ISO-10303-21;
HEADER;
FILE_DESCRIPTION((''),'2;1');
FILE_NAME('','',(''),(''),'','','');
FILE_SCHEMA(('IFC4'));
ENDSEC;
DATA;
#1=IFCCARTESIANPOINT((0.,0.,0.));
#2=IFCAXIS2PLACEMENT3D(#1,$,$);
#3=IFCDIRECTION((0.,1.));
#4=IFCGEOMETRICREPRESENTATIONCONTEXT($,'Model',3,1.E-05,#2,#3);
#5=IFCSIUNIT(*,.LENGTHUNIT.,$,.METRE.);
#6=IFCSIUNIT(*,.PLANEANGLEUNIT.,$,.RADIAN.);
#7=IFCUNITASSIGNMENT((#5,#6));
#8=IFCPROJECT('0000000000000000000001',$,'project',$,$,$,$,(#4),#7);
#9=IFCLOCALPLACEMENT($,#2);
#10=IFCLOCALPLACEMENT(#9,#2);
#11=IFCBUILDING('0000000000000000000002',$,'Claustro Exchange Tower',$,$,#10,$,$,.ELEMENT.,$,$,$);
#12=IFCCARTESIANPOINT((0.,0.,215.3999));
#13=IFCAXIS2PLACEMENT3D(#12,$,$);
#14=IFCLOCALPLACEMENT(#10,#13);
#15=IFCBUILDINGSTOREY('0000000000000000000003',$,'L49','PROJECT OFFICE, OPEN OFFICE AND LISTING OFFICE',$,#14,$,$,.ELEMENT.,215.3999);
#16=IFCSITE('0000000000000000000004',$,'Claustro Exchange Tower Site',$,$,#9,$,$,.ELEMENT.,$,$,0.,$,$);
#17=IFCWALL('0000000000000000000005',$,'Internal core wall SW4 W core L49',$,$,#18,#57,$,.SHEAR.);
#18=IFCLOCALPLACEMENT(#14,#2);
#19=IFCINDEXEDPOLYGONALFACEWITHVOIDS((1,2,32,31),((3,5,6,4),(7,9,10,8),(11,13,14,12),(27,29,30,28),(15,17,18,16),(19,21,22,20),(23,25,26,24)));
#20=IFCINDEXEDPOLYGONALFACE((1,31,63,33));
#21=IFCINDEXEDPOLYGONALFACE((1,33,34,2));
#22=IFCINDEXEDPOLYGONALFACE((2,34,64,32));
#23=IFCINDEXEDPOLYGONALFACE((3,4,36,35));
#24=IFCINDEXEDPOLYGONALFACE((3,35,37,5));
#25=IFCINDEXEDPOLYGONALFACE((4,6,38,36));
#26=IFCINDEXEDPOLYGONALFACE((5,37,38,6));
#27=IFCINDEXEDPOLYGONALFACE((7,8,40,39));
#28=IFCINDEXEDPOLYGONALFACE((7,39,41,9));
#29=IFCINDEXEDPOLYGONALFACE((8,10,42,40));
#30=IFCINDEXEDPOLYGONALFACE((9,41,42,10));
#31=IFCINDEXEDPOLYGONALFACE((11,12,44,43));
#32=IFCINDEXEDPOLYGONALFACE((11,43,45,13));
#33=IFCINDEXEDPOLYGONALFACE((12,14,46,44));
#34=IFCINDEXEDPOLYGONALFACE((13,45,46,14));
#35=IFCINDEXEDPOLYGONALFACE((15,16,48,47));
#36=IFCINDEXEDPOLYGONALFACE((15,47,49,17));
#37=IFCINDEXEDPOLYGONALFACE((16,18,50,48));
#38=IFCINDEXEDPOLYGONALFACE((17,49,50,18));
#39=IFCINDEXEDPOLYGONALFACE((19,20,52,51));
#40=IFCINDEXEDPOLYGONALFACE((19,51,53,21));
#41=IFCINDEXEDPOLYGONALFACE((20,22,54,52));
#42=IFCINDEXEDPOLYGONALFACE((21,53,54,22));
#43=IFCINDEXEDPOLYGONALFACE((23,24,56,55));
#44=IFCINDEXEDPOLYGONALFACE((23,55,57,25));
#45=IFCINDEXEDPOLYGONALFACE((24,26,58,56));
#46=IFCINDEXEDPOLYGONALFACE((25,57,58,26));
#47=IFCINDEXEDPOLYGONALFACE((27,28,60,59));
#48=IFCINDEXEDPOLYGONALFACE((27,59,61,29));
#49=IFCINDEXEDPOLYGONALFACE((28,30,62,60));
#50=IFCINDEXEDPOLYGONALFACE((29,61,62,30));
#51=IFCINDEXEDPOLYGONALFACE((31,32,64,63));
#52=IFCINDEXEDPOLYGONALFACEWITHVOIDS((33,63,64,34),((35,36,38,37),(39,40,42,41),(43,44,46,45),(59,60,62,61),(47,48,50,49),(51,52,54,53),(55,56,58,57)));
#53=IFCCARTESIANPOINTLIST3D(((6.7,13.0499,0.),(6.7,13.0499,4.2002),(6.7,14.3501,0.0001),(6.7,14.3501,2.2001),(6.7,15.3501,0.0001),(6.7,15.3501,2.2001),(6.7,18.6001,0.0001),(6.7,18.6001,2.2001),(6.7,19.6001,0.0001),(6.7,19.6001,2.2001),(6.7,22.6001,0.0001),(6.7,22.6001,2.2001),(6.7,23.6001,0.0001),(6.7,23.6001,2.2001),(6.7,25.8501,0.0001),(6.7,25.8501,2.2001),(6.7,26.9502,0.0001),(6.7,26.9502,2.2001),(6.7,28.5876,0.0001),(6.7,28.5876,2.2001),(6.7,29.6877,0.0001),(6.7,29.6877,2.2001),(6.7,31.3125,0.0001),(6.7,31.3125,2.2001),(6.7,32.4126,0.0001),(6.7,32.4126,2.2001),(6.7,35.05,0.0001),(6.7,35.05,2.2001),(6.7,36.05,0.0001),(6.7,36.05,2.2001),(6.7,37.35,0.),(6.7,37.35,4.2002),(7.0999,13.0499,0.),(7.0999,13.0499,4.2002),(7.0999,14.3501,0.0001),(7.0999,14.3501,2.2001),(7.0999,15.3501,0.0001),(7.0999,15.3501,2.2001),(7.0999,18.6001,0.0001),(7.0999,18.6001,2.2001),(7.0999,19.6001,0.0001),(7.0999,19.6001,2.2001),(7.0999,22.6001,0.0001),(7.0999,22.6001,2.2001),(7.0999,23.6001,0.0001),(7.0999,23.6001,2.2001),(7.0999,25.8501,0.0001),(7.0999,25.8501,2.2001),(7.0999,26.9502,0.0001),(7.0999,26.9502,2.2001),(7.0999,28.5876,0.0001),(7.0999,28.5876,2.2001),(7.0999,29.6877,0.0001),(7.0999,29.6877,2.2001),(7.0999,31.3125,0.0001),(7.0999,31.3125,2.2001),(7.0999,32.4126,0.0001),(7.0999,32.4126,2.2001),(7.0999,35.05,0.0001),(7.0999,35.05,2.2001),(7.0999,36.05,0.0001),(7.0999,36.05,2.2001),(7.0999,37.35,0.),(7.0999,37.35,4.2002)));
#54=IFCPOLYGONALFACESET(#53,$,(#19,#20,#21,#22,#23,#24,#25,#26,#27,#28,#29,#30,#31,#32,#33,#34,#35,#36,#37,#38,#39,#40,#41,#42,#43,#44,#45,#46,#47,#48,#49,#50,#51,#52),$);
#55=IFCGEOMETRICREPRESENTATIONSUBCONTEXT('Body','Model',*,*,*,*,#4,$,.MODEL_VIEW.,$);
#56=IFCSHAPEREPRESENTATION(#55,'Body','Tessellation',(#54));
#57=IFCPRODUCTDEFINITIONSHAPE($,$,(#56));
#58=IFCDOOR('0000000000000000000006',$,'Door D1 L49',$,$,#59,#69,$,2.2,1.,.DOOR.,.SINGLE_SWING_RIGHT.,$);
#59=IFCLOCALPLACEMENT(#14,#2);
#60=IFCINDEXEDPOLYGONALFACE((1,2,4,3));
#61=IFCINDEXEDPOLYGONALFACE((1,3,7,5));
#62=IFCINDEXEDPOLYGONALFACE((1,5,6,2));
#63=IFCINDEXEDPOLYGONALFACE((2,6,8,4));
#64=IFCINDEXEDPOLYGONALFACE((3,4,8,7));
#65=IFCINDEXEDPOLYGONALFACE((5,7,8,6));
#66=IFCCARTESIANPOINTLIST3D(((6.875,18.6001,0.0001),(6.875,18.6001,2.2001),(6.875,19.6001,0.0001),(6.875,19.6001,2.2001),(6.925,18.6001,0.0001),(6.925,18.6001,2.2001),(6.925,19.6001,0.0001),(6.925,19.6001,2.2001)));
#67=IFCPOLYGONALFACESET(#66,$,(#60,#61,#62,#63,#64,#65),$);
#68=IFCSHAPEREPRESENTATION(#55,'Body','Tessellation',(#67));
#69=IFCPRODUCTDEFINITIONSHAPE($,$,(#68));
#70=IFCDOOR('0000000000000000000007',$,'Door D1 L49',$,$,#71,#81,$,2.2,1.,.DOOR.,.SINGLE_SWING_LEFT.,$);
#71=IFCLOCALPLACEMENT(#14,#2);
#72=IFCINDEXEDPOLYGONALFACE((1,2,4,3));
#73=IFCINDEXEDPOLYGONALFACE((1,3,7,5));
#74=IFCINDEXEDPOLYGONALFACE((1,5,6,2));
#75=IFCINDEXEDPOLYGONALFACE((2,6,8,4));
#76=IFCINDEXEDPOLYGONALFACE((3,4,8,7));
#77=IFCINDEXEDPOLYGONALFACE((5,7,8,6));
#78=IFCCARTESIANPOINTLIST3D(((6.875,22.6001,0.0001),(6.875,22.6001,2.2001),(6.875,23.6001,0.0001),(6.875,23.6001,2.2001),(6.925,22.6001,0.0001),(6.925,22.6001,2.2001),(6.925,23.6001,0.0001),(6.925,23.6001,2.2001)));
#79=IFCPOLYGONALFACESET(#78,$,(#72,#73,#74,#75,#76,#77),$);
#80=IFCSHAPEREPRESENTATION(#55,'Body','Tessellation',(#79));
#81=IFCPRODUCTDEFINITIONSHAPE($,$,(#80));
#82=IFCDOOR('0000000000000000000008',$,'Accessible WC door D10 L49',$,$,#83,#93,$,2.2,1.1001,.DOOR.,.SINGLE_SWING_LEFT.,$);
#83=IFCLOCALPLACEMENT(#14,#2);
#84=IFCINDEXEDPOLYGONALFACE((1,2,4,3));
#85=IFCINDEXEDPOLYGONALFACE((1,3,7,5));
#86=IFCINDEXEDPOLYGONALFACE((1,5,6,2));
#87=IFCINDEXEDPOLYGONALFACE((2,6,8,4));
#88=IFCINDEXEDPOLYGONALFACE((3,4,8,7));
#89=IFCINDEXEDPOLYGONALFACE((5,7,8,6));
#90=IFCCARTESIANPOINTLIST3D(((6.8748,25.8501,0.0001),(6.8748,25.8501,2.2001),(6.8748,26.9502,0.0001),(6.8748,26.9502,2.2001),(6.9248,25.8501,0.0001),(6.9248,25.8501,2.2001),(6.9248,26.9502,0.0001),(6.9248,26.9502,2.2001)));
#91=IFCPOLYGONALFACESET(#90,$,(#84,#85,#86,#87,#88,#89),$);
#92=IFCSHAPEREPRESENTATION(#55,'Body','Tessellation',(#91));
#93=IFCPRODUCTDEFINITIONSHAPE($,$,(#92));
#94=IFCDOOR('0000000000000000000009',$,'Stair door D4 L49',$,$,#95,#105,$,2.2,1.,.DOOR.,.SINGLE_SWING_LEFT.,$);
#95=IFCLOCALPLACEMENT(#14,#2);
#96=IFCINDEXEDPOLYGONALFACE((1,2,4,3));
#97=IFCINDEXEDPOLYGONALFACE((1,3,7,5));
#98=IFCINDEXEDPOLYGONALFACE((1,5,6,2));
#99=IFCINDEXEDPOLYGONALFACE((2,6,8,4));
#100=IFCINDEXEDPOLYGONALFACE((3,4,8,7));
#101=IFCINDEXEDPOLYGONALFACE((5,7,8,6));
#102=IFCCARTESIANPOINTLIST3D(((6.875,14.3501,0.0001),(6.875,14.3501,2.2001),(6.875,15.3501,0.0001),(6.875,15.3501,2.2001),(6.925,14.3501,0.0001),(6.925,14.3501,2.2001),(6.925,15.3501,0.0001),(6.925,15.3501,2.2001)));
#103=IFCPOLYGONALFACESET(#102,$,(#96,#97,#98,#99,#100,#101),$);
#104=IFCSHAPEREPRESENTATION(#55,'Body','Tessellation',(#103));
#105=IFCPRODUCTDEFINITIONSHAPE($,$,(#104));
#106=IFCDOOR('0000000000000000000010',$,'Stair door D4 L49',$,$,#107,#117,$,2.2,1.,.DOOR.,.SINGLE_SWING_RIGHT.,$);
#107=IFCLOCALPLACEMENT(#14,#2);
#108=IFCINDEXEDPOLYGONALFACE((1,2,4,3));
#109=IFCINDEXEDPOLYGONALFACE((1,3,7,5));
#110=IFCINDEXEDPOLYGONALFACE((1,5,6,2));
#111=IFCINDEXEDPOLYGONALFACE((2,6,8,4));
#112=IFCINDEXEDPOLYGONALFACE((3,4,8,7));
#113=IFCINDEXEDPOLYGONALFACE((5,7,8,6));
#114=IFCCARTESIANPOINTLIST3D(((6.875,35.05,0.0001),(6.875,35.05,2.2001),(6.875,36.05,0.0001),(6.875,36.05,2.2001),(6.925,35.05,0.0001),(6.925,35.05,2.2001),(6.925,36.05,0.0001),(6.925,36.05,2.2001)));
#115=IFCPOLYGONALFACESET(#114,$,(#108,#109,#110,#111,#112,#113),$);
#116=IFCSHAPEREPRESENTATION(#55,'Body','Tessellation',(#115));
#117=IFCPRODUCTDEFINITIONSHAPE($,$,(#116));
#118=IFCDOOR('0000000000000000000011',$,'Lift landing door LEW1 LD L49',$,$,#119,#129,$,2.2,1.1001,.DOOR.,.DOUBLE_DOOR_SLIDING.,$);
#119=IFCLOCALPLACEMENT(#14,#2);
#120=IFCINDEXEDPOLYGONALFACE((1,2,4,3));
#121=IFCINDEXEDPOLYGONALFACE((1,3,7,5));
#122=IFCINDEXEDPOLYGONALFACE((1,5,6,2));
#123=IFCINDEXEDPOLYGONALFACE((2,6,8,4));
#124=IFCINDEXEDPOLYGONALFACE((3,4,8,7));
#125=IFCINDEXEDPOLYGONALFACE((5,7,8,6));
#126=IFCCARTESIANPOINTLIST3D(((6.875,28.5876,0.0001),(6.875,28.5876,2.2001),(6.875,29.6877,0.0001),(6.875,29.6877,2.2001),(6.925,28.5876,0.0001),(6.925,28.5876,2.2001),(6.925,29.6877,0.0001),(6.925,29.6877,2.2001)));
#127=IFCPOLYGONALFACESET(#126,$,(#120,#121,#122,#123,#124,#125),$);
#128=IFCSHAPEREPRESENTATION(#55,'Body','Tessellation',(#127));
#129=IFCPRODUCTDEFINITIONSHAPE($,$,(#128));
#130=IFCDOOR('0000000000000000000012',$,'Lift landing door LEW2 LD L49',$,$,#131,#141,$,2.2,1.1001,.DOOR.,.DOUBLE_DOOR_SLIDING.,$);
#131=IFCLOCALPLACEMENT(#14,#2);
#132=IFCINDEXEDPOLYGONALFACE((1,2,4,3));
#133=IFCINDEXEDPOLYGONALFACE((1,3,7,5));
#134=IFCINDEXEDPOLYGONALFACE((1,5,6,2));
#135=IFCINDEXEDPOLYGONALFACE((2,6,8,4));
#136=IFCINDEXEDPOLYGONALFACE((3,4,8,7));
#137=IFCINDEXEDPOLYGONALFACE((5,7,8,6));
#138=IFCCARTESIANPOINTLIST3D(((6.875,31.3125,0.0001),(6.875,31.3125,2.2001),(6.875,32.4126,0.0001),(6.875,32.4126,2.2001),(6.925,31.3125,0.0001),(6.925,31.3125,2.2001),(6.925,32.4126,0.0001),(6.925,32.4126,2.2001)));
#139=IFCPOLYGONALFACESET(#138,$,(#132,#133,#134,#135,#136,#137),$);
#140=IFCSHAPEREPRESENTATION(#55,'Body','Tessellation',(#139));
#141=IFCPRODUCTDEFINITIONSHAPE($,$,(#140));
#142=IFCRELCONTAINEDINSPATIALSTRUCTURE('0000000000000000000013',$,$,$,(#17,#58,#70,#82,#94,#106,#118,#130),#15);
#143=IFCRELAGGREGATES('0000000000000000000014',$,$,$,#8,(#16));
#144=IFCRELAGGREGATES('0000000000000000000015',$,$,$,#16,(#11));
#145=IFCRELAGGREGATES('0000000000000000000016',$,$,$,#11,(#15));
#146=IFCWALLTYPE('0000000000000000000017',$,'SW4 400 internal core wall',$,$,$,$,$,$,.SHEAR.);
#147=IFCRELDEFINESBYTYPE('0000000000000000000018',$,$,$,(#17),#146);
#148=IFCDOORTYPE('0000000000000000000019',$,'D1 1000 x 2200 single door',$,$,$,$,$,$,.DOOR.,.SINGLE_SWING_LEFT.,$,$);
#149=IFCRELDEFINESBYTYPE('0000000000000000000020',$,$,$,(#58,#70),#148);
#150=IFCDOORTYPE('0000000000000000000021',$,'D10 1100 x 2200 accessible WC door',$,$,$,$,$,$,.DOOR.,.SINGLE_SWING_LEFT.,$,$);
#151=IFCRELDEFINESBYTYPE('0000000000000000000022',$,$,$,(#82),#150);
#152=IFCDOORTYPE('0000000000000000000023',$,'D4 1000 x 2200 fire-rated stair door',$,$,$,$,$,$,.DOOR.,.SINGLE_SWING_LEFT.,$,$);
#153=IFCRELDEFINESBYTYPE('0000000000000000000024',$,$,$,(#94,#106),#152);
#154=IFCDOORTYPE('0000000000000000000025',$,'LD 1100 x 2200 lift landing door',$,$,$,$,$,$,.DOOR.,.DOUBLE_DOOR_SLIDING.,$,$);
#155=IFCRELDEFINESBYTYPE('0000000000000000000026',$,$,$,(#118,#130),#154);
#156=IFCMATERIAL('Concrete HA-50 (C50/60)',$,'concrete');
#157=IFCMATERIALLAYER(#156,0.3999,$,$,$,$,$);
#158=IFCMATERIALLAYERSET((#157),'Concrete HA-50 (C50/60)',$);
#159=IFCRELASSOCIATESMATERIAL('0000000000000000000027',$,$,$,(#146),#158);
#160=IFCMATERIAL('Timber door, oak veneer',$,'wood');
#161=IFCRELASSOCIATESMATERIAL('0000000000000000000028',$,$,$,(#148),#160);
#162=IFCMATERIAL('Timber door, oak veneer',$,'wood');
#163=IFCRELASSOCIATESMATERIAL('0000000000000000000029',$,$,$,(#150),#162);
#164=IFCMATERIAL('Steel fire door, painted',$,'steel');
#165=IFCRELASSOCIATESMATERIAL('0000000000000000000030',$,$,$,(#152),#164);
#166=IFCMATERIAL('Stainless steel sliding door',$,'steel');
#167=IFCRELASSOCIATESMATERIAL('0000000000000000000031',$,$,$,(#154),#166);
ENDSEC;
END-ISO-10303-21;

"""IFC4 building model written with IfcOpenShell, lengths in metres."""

from ifc_helpers import new_model, si_unit, direction, frame, frame_2d, origin, place, context, subcontext, project, spatial, rectangle, extrude, material, layer, layer_set, type_object, element, fill, save


model = new_model("IFC4")

# Units and contexts
model_context = context("Model", 3, precision=1e-05, world=origin(), true_north=direction((0.0, 1.0)))
body_context = subcontext(model_context, "Body", "Model", "MODEL_VIEW")
ifc_project = project(units=[si_unit("LENGTHUNIT", "METRE"), si_unit("PLANEANGLEUNIT", "RADIAN")], contexts=[model_context])

# Site, building, storey
site_placement = place(None, origin())
site = spatial("IfcSite", under=ifc_project, at=site_placement, Name="Claustro Exchange Tower Site", CompositionType="ELEMENT", RefElevation=0.0)
building_placement = place(site_placement, origin())
building = spatial("IfcBuilding", under=site, at=building_placement, Name="Claustro Exchange Tower", CompositionType="ELEMENT")
storey_placement = place(building_placement, frame((0.0, 0.0, 215.3999)))
storey = spatial("IfcBuildingStorey", under=building, at=storey_placement, Name="L49", Description="PROJECT OFFICE, OPEN OFFICE AND LISTING OFFICE", CompositionType="ELEMENT", Elevation=215.3999)

# Wall, openings, doors
ifc_material_1 = material(Name="Concrete HA-50 (C50/60)", Category="concrete")
ifc_layer_1 = layer(ifc_material_1, 0.3999)
ifc_layer_set_1 = layer_set([ifc_layer_1], Name="Concrete HA-50 (C50/60)")
wall_type_1 = type_object("IfcWallType", Name="SW4 400 internal core wall", PredefinedType="SHEAR", material=ifc_layer_set_1)
wall_1_placement = place(storey_placement, frame((6.8999, 13.05, 0.0), z_axis=(0.0, 0.0, 1.0), x_axis=(0.0, 1.0, 0.0)))
wall_1 = element("IfcWall", 1, at=wall_1_placement, inside=storey, type_object=wall_type_1, Name="Internal core wall SW4 W core L49", PredefinedType="SHEAR", context=body_context, shape_type="SweptSolid", body=[
    extrude(rectangle(XDim=24.3, YDim=0.3999, at=frame_2d((12.1499, 0.0))), origin(), (0.0, 0.0, 1.0), 4.2002),
])
opening_1_placement = place(wall_1_placement, frame((1.3, 0.0, 0.0)))
opening_1 = element("IfcOpeningElement", 2, at=opening_1_placement, cuts=wall_1, PredefinedType="OPENING", context=body_context, shape_type="SweptSolid", body=[
    extrude(rectangle(XDim=1.0, YDim=2.2, at=frame_2d((0.5, 1.1001))), frame((0.0, 0.21, 0.0), z_axis=(0.0, -1.0, 0.0), x_axis=(1.0, 0.0, 0.0)), (0.0, 0.0, 1.0), 0.4199),
])
opening_2_placement = place(wall_1_placement, frame((22.0, 0.0, 0.0)))
opening_2 = element("IfcOpeningElement", 3, at=opening_2_placement, cuts=wall_1, PredefinedType="OPENING", context=body_context, shape_type="SweptSolid", body=[
    extrude(rectangle(XDim=1.0, YDim=2.2, at=frame_2d((0.5, 1.1001))), frame((0.0, 0.21, 0.0), z_axis=(0.0, -1.0, 0.0), x_axis=(1.0, 0.0, 0.0)), (0.0, 0.0, 1.0), 0.4199),
])
opening_3_placement = place(wall_1_placement, frame((5.55, 0.0, 0.0)))
opening_3 = element("IfcOpeningElement", 4, at=opening_3_placement, cuts=wall_1, PredefinedType="OPENING", context=body_context, shape_type="SweptSolid", body=[
    extrude(rectangle(XDim=1.0, YDim=2.2, at=frame_2d((0.5, 1.1001))), frame((0.0, 0.21, 0.0), z_axis=(0.0, -1.0, 0.0), x_axis=(1.0, 0.0, 0.0)), (0.0, 0.0, 1.0), 0.4199),
])
opening_4_placement = place(wall_1_placement, frame((9.55, 0.0, 0.0)))
opening_4 = element("IfcOpeningElement", 5, at=opening_4_placement, cuts=wall_1, PredefinedType="OPENING", context=body_context, shape_type="SweptSolid", body=[
    extrude(rectangle(XDim=1.0, YDim=2.2, at=frame_2d((0.5, 1.1001))), frame((0.0, 0.21, 0.0), z_axis=(0.0, -1.0, 0.0), x_axis=(1.0, 0.0, 0.0)), (0.0, 0.0, 1.0), 0.4199),
])
opening_5_placement = place(wall_1_placement, frame((12.8, 0.0, 0.0)))
opening_5 = element("IfcOpeningElement", 6, at=opening_5_placement, cuts=wall_1, PredefinedType="OPENING", context=body_context, shape_type="SweptSolid", body=[
    extrude(rectangle(XDim=1.1001, YDim=2.2, at=frame_2d((0.55, 1.1001))), frame((0.0, 0.21, 0.0), z_axis=(0.0, -1.0, 0.0), x_axis=(1.0, 0.0, 0.0)), (0.0, 0.0, 1.0), 0.4199),
])
opening_6_placement = place(wall_1_placement, frame((15.5376, 0.0, 0.0)))
opening_6 = element("IfcOpeningElement", 7, at=opening_6_placement, cuts=wall_1, PredefinedType="OPENING", context=body_context, shape_type="SweptSolid", body=[
    extrude(rectangle(XDim=1.1001, YDim=2.2, at=frame_2d((0.55, 1.1001))), frame((0.0, 0.21, 0.0), z_axis=(0.0, -1.0, 0.0), x_axis=(1.0, 0.0, 0.0)), (0.0, 0.0, 1.0), 0.4199),
])
opening_7_placement = place(wall_1_placement, frame((18.2625, 0.0, 0.0)))
opening_7 = element("IfcOpeningElement", 8, at=opening_7_placement, cuts=wall_1, PredefinedType="OPENING", context=body_context, shape_type="SweptSolid", body=[
    extrude(rectangle(XDim=1.1001, YDim=2.2, at=frame_2d((0.55, 1.1001))), frame((0.0, 0.21, 0.0), z_axis=(0.0, -1.0, 0.0), x_axis=(1.0, 0.0, 0.0)), (0.0, 0.0, 1.0), 0.4199),
])
ifc_material_2 = material(Name="Timber door, oak veneer", Category="wood")
door_type_1 = type_object("IfcDoorType", Name="D1 1000 x 2200 single door", OperationType="SINGLE_SWING_LEFT", PredefinedType="DOOR", material=ifc_material_2)
door_1_placement = place(opening_3_placement, origin())
door_1 = element("IfcDoor", 9, at=door_1_placement, inside=storey, type_object=door_type_1, Name="Door D1 L49", OperationType="SINGLE_SWING_RIGHT", OverallHeight=2.2, OverallWidth=1.0, PredefinedType="DOOR", context=body_context, shape_type="SweptSolid", body=[
    extrude(rectangle(XDim=1.0, YDim=2.2, at=frame_2d((0.5, 1.1001))), frame((0.0, 0.0249, 0.0), z_axis=(0.0, -1.0, 0.0), x_axis=(1.0, 0.0, 0.0)), (0.0, 0.0, 1.0), 0.05),
])
fill(opening_3, door_1)
door_2_placement = place(opening_4_placement, origin())
door_2 = element("IfcDoor", 10, at=door_2_placement, inside=storey, type_object=door_type_1, Name="Door D1 L49", OperationType="SINGLE_SWING_LEFT", OverallHeight=2.2, OverallWidth=1.0, PredefinedType="DOOR", context=body_context, shape_type="SweptSolid", body=[
    extrude(rectangle(XDim=1.0, YDim=2.2, at=frame_2d((0.5, 1.1001))), frame((0.0, 0.0249, 0.0), z_axis=(0.0, -1.0, 0.0), x_axis=(1.0, 0.0, 0.0)), (0.0, 0.0, 1.0), 0.05),
])
fill(opening_4, door_2)
ifc_material_3 = material(Name="Timber door, oak veneer", Category="wood")
door_type_2 = type_object("IfcDoorType", Name="D10 1100 x 2200 accessible WC door", OperationType="SINGLE_SWING_LEFT", PredefinedType="DOOR", material=ifc_material_3)
door_3_placement = place(opening_5_placement, frame((1.1001, 0.0, 0.0), z_axis=(0.0, 0.0, 1.0), x_axis=(-1.0, 0.0, 0.0)))
door_3 = element("IfcDoor", 11, at=door_3_placement, inside=storey, type_object=door_type_2, Name="Accessible WC door D10 L49", OperationType="SINGLE_SWING_LEFT", OverallHeight=2.2, OverallWidth=1.1001, PredefinedType="DOOR", context=body_context, shape_type="SweptSolid", body=[
    extrude(rectangle(XDim=1.1001, YDim=2.2, at=frame_2d((0.55, 1.1001))), frame((0.0, 0.0249, 0.0), z_axis=(0.0, -1.0, 0.0), x_axis=(1.0, 0.0, 0.0)), (0.0, 0.0, 1.0), 0.05),
])
fill(opening_5, door_3)
ifc_material_4 = material(Name="Steel fire door, painted", Category="steel")
door_type_3 = type_object("IfcDoorType", Name="D4 1000 x 2200 fire-rated stair door", OperationType="SINGLE_SWING_LEFT", PredefinedType="DOOR", material=ifc_material_4)
door_4_placement = place(opening_1_placement, origin())
door_4 = element("IfcDoor", 12, at=door_4_placement, inside=storey, type_object=door_type_3, Name="Stair door D4 L49", OperationType="SINGLE_SWING_LEFT", OverallHeight=2.2, OverallWidth=1.0, PredefinedType="DOOR", context=body_context, shape_type="SweptSolid", body=[
    extrude(rectangle(XDim=1.0, YDim=2.2, at=frame_2d((0.5, 1.1001))), frame((0.0, 0.0249, 0.0), z_axis=(0.0, -1.0, 0.0), x_axis=(1.0, 0.0, 0.0)), (0.0, 0.0, 1.0), 0.05),
])
fill(opening_1, door_4)
door_5_placement = place(opening_2_placement, origin())
door_5 = element("IfcDoor", 13, at=door_5_placement, inside=storey, type_object=door_type_3, Name="Stair door D4 L49", OperationType="SINGLE_SWING_RIGHT", OverallHeight=2.2, OverallWidth=1.0, PredefinedType="DOOR", context=body_context, shape_type="SweptSolid", body=[
    extrude(rectangle(XDim=1.0, YDim=2.2, at=frame_2d((0.5, 1.1001))), frame((0.0, 0.0249, 0.0), z_axis=(0.0, -1.0, 0.0), x_axis=(1.0, 0.0, 0.0)), (0.0, 0.0, 1.0), 0.05),
])
fill(opening_2, door_5)
ifc_material_5 = material(Name="Stainless steel sliding door", Category="steel")
door_type_4 = type_object("IfcDoorType", Name="LD 1100 x 2200 lift landing door", OperationType="DOUBLE_DOOR_SLIDING", PredefinedType="DOOR", material=ifc_material_5)
door_6_placement = place(opening_6_placement, origin())
door_6 = element("IfcDoor", 14, at=door_6_placement, inside=storey, type_object=door_type_4, Name="Lift landing door LEW1 LD L49", OperationType="DOUBLE_DOOR_SLIDING", OverallHeight=2.2, OverallWidth=1.1001, PredefinedType="DOOR", context=body_context, shape_type="SweptSolid", body=[
    extrude(rectangle(XDim=1.1001, YDim=2.2, at=frame_2d((0.55, 1.1001))), frame((0.0, 0.0249, 0.0), z_axis=(0.0, -1.0, 0.0), x_axis=(1.0, 0.0, 0.0)), (0.0, 0.0, 1.0), 0.05),
])
fill(opening_6, door_6)
door_7_placement = place(opening_7_placement, origin())
door_7 = element("IfcDoor", 15, at=door_7_placement, inside=storey, type_object=door_type_4, Name="Lift landing door LEW2 LD L49", OperationType="DOUBLE_DOOR_SLIDING", OverallHeight=2.2, OverallWidth=1.1001, PredefinedType="DOOR", context=body_context, shape_type="SweptSolid", body=[
    extrude(rectangle(XDim=1.1001, YDim=2.2, at=frame_2d((0.55, 1.1001))), frame((0.0, 0.0249, 0.0), z_axis=(0.0, -1.0, 0.0), x_axis=(1.0, 0.0, 0.0)), (0.0, 0.0, 1.0), 0.05),
])
fill(opening_7, door_7)

save(model, "model.ifc")
